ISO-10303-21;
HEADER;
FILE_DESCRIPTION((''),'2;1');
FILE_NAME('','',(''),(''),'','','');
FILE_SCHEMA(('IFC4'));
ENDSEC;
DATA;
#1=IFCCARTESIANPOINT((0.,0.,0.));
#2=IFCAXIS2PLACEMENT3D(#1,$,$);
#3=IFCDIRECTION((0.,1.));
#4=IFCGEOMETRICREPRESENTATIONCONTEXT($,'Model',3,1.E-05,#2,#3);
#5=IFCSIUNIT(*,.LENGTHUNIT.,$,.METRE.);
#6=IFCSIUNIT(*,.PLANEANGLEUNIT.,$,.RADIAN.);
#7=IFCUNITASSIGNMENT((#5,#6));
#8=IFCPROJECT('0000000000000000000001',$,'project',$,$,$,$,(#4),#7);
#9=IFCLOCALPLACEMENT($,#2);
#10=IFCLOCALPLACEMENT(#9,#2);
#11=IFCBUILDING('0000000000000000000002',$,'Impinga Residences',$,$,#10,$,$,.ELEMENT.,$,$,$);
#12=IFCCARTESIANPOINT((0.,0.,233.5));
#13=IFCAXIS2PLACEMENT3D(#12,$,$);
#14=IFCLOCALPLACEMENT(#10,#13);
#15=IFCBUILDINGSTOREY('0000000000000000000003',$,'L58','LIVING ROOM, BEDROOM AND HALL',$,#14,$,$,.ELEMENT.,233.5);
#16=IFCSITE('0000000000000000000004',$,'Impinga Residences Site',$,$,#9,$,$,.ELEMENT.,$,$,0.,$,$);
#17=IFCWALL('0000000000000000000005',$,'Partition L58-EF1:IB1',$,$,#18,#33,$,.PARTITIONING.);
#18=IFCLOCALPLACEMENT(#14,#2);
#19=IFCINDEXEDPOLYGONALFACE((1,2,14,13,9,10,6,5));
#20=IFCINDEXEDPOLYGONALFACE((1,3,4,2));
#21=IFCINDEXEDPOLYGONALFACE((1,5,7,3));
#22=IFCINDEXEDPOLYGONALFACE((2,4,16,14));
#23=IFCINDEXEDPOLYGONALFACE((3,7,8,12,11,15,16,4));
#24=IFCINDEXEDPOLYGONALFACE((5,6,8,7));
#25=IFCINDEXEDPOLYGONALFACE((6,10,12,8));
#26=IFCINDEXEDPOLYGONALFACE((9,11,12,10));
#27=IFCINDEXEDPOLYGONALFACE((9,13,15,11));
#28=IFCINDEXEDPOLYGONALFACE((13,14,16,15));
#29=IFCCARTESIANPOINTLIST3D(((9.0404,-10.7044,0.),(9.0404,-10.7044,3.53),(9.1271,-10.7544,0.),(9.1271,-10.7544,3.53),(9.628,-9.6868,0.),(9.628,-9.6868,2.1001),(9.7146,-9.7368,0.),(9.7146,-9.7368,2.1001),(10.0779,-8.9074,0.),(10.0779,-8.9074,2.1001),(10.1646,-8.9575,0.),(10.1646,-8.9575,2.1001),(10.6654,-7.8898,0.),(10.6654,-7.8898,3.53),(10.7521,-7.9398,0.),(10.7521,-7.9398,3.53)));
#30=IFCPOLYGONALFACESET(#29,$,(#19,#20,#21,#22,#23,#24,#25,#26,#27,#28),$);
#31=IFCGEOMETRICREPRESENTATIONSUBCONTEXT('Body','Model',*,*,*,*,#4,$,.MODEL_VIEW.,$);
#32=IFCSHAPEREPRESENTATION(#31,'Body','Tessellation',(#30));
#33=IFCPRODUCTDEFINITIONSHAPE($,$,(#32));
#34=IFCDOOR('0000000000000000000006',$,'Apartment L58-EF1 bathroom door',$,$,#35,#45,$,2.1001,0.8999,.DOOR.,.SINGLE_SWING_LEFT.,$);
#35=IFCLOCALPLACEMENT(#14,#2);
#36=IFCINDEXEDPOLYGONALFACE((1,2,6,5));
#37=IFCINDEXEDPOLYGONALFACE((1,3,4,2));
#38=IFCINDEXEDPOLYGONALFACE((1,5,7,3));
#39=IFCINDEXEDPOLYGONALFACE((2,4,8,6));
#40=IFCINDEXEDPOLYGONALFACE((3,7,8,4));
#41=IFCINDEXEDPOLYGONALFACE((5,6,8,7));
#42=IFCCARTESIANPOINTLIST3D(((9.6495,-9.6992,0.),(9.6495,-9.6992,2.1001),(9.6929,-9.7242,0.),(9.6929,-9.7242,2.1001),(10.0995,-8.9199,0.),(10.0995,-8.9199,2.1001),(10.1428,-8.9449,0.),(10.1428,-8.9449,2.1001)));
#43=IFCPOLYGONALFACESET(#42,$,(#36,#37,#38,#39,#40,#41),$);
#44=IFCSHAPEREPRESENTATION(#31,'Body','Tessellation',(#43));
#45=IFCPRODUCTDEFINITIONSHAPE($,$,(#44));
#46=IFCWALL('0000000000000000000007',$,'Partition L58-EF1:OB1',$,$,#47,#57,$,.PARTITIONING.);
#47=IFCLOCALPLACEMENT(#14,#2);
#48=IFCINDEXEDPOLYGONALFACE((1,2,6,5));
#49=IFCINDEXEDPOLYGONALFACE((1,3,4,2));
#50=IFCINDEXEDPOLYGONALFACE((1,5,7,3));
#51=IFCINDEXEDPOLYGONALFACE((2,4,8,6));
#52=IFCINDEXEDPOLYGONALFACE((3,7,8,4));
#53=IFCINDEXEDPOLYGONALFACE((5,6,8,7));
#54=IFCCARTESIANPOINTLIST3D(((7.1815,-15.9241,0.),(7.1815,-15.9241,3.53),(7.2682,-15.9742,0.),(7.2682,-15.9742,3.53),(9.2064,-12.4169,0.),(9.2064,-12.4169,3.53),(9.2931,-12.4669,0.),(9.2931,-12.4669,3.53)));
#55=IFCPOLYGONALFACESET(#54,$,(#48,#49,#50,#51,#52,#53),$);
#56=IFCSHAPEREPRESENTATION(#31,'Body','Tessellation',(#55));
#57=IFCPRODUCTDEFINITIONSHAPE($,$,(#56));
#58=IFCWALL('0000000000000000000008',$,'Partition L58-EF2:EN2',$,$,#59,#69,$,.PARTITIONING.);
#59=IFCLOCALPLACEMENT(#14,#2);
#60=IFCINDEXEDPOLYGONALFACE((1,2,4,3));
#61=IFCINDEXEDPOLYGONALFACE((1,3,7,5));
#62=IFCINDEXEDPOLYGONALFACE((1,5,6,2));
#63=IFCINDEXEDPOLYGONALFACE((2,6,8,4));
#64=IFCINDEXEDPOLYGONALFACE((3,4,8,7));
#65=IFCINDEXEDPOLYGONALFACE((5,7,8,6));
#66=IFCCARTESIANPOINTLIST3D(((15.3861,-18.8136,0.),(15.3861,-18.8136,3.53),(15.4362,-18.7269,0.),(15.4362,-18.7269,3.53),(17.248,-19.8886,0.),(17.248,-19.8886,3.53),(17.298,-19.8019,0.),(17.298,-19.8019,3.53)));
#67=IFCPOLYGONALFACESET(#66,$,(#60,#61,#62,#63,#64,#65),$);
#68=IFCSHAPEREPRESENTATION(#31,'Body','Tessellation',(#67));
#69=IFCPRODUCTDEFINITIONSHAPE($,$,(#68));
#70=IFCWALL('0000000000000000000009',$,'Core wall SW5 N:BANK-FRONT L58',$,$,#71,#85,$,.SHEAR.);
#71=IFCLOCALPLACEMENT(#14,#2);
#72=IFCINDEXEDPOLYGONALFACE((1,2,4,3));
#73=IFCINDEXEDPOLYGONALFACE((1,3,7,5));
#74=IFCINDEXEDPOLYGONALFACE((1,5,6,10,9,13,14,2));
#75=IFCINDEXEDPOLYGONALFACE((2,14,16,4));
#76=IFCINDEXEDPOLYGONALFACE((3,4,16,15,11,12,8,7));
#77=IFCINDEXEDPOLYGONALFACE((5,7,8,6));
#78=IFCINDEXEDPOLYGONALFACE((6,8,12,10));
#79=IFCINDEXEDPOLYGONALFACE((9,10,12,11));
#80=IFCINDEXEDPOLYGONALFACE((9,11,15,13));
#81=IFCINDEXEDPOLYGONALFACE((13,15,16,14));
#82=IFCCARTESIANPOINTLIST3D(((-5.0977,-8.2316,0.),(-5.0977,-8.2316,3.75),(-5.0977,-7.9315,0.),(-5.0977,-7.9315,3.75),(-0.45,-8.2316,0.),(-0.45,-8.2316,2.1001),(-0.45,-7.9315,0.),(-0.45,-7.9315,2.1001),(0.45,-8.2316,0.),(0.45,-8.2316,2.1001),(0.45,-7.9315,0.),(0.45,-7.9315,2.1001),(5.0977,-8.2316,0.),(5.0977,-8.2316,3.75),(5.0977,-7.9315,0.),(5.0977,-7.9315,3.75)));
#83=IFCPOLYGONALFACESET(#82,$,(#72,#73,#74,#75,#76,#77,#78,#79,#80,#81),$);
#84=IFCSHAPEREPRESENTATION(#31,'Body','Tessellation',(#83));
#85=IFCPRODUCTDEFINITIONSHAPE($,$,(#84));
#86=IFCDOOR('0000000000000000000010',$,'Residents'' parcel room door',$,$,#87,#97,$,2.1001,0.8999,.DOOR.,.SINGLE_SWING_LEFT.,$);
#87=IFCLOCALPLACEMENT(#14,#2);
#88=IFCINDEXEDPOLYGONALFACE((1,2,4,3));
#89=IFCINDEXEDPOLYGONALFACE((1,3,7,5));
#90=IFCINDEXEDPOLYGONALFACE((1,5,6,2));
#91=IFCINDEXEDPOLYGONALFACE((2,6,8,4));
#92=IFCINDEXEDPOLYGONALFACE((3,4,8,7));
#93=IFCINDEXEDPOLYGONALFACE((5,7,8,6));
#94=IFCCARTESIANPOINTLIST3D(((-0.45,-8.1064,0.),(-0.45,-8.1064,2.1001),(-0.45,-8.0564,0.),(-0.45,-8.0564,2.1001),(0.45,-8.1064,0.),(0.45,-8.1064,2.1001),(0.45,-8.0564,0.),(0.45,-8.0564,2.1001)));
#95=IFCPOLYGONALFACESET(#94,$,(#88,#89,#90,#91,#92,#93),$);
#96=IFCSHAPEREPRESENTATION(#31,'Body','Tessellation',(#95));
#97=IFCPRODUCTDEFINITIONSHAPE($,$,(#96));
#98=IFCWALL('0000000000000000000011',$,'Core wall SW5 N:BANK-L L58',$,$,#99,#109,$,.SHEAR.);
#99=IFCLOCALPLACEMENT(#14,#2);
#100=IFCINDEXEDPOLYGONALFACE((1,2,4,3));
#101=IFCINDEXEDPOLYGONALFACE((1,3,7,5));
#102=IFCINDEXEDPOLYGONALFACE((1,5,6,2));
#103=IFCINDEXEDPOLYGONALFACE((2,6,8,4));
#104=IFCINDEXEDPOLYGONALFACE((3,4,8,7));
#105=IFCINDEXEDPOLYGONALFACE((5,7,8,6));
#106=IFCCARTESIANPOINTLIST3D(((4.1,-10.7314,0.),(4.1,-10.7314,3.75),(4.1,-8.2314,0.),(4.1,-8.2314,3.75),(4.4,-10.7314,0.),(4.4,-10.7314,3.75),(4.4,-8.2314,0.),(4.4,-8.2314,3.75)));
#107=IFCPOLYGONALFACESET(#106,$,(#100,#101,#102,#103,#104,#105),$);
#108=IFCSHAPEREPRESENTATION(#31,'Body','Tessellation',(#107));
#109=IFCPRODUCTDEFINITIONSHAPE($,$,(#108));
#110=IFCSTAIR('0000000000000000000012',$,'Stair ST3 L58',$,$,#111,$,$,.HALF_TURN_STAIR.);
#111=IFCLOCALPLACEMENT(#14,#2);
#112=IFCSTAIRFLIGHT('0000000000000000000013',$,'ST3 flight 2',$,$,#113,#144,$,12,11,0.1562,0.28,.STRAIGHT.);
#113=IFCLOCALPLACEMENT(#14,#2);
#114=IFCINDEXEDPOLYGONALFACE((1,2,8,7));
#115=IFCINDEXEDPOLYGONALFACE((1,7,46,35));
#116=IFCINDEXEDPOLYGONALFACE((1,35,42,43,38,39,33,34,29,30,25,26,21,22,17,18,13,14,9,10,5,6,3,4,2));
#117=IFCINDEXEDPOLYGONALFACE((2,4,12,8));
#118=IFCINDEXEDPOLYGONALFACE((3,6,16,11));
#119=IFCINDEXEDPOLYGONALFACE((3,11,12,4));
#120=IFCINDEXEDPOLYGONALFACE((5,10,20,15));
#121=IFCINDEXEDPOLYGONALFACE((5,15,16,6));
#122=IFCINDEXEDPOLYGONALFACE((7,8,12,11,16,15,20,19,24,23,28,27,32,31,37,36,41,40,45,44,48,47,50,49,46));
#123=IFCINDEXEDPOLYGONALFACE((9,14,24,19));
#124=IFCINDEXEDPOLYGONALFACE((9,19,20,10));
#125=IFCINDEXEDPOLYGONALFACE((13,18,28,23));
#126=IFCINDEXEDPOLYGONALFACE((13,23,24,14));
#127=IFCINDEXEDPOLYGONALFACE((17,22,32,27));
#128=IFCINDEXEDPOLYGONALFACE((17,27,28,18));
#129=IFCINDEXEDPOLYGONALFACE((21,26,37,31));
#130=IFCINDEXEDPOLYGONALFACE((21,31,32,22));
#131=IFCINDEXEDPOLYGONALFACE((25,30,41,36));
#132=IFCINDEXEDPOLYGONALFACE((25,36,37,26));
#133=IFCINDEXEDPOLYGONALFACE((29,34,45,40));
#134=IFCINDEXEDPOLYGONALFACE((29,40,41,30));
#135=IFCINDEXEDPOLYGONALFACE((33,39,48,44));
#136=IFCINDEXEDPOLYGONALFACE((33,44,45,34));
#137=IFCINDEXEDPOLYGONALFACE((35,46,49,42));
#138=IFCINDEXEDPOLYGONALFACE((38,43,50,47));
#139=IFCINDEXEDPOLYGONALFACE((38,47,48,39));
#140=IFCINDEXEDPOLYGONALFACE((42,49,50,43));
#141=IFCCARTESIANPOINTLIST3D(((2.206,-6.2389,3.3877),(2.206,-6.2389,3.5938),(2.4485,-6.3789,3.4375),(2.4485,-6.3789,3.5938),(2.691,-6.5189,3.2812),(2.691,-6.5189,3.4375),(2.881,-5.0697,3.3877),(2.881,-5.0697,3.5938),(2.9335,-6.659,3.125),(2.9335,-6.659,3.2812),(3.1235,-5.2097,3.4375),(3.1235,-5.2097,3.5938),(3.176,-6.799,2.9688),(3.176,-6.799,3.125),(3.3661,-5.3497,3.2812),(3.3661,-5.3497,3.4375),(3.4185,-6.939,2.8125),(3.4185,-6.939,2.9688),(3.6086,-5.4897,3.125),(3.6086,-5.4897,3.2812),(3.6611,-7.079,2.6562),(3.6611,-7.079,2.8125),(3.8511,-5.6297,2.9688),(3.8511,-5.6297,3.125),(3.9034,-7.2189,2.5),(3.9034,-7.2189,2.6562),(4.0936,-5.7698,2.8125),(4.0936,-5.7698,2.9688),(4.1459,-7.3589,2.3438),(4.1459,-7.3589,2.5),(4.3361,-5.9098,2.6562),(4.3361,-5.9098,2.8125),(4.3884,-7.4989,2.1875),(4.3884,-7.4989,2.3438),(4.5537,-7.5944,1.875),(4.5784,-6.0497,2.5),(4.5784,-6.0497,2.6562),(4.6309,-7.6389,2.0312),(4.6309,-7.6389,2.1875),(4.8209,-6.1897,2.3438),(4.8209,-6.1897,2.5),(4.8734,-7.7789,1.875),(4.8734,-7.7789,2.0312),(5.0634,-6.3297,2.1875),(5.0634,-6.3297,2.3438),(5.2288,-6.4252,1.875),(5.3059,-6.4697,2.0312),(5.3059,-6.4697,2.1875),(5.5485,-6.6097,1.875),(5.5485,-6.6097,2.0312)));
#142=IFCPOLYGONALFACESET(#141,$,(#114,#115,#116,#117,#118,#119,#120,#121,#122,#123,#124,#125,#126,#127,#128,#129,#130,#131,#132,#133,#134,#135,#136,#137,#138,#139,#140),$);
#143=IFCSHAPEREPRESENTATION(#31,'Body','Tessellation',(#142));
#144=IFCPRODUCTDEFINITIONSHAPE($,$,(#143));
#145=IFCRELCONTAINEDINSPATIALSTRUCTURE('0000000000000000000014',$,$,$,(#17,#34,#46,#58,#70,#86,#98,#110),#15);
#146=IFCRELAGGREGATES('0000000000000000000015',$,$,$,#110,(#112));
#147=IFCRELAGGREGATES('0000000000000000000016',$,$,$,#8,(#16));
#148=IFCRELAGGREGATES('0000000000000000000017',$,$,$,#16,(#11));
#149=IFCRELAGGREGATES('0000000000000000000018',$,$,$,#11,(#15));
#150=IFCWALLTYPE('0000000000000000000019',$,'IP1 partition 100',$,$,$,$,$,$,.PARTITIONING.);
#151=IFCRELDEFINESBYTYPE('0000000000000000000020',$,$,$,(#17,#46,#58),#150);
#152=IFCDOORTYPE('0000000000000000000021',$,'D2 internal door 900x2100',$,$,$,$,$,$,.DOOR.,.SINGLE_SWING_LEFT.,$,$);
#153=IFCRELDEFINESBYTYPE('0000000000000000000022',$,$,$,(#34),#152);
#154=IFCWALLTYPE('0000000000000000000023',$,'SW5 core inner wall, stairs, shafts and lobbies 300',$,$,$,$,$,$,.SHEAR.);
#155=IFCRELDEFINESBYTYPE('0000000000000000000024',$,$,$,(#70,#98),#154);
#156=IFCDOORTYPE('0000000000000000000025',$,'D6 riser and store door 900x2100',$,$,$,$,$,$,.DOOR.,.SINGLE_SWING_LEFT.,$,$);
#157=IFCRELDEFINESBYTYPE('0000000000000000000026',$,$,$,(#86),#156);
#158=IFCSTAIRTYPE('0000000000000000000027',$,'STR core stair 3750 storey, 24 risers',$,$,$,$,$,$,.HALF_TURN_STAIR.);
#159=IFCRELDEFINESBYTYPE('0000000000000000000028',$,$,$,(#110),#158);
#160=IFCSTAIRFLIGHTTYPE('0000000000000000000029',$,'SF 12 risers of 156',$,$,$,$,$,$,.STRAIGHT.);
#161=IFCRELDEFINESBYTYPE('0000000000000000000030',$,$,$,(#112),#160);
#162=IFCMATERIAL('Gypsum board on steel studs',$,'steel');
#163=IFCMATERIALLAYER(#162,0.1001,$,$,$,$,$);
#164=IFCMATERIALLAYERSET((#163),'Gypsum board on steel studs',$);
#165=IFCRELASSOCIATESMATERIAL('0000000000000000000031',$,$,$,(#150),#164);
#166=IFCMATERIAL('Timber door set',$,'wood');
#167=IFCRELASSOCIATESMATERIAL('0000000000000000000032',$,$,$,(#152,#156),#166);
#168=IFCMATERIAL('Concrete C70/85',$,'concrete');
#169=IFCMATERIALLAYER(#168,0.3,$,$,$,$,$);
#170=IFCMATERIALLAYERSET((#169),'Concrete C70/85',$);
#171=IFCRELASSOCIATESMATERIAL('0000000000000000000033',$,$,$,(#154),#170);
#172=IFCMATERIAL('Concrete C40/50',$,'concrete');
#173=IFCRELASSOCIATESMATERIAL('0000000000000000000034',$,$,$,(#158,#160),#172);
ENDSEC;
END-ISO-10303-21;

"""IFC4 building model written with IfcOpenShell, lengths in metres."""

from ifc_helpers import new_model, si_unit, direction, frame, frame_2d, origin, place, context, subcontext, project, spatial, polyline, rectangle, outline, extrude, material, layer, layer_set, type_object, element, fill, aggregate, save


model = new_model("IFC4")

# Units and contexts
model_context = context("Model", 3, precision=1e-05, world=origin(), true_north=direction((0.0, 1.0)))
body_context = subcontext(model_context, "Body", "Model", "MODEL_VIEW")
ifc_project = project(units=[si_unit("LENGTHUNIT", "METRE"), si_unit("PLANEANGLEUNIT", "RADIAN")], contexts=[model_context])

# Site, building, storey
site_placement = place(None, origin())
site = spatial("IfcSite", under=ifc_project, at=site_placement, Name="Impinga Residences Site", CompositionType="ELEMENT", RefElevation=0.0)
building_placement = place(site_placement, origin())
building = spatial("IfcBuilding", under=site, at=building_placement, Name="Impinga Residences", CompositionType="ELEMENT")
storey_placement = place(building_placement, frame((0.0, 0.0, 233.5)))
storey = spatial("IfcBuildingStorey", under=building, at=storey_placement, Name="L58", Description="LIVING ROOM, BEDROOM AND HALL", CompositionType="ELEMENT", Elevation=233.5)

# Shared definitions
ifc_material_1 = material(Name="Gypsum board on steel studs", Category="steel")
ifc_layer_1 = layer(ifc_material_1, 0.1001)
ifc_layer_set_1 = layer_set([ifc_layer_1], Name="Gypsum board on steel studs")
wall_type_1 = type_object("IfcWallType", Name="IP1 partition 100", PredefinedType="PARTITIONING", material=ifc_layer_set_1)

# Shared definitions
ifc_material_2 = material(Name="Timber door set", Category="wood")
door_type_1 = type_object("IfcDoorType", Name="D2 internal door 900x2100", OperationType="SINGLE_SWING_LEFT", PredefinedType="DOOR", material=ifc_material_2)

# Wall, opening, door
wall_1_placement = place(storey_placement, frame((10.7087, -7.9148, 0.0), z_axis=(0.0, 0.0, 1.0), x_axis=(-0.499985, -0.866034, 0.0)))
wall_1 = element("IfcWall", 1, at=wall_1_placement, inside=storey, type_object=wall_type_1, Name="Partition L58-EF1:IB1", PredefinedType="PARTITIONING", context=body_context, shape_type="SweptSolid", body=[
    extrude(rectangle(XDim=3.25, YDim=0.1001, at=frame_2d((1.625, 0.0))), origin(), (0.0, 0.0, 1.0), 3.53),
])
opening_1_placement = place(wall_1_placement, frame((1.175, 0.0, 0.0)))
opening_1 = element("IfcOpeningElement", 2, at=opening_1_placement, cuts=wall_1, PredefinedType="OPENING", context=body_context, shape_type="SweptSolid", body=[
    extrude(rectangle(XDim=0.8999, YDim=2.1001, at=frame_2d((0.45, 1.05))), frame((0.0, 0.0601, 0.0), z_axis=(0.0, -1.0, 0.0), x_axis=(1.0, 0.0, 0.0)), (0.0, 0.0, 1.0), 0.1201),
])
door_1_placement = place(opening_1_placement, origin())
door_1 = element("IfcDoor", 3, at=door_1_placement, inside=storey, type_object=door_type_1, Name="Apartment L58-EF1 bathroom door", OperationType="SINGLE_SWING_LEFT", OverallHeight=2.1001, OverallWidth=0.8999, PredefinedType="DOOR", context=body_context, shape_type="SweptSolid", body=[
    extrude(rectangle(XDim=0.8999, YDim=2.1001, at=frame_2d((0.45, 1.05))), frame((0.0, 0.0249, 0.0), z_axis=(0.0, -1.0, 0.0), x_axis=(1.0, 0.0, 0.0)), (0.0, 0.0, 1.0), 0.05),
])
fill(opening_1, door_1)

# Walls
wall_2_placement = place(storey_placement, frame((9.2498, -12.4419, 0.0), z_axis=(0.0, 0.0, 1.0), x_axis=(-0.49999, -0.866031, 0.0)))
element("IfcWall", 4, at=wall_2_placement, inside=storey, type_object=wall_type_1, Name="Partition L58-EF1:OB1", PredefinedType="PARTITIONING", context=body_context, shape_type="SweptSolid", body=[
    extrude(rectangle(XDim=4.0498, YDim=0.1001, at=frame_2d((2.0249, 0.0))), origin(), (0.0, 0.0, 1.0), 3.53),
])
wall_3_placement = place(storey_placement, frame((15.4111, -18.7703, 0.0), z_axis=(0.0, 0.0, 1.0), x_axis=(0.866019, -0.500011, 0.0)))
element("IfcWall", 5, at=wall_3_placement, inside=storey, type_object=wall_type_1, Name="Partition L58-EF2:EN2", PredefinedType="PARTITIONING", context=body_context, shape_type="SweptSolid", body=[
    extrude(rectangle(XDim=2.1499, YDim=0.1001, at=frame_2d((1.075, 0.0))), origin(), (0.0, 0.0, 1.0), 3.53),
])

# Wall, opening, door
ifc_material_3 = material(Name="Concrete C70/85", Category="concrete")
ifc_layer_2 = layer(ifc_material_3, 0.3)
ifc_layer_set_2 = layer_set([ifc_layer_2], Name="Concrete C70/85")
wall_type_2 = type_object("IfcWallType", Name="SW5 core inner wall, stairs, shafts and lobbies 300", PredefinedType="SHEAR", material=ifc_layer_set_2)
wall_4_placement = place(storey_placement, frame((5.0977, -8.0815, 0.0), z_axis=(0.0, 0.0, 1.0), x_axis=(-1.0, 0.0, 0.0)))
wall_4 = element("IfcWall", 6, at=wall_4_placement, inside=storey, type_object=wall_type_2, Name="Core wall SW5 N:BANK-FRONT L58", PredefinedType="SHEAR", context=body_context, shape_type="SweptSolid", body=[
    extrude(rectangle(XDim=10.1953, YDim=0.3, at=frame_2d((5.0977, 0.0))), origin(), (0.0, 0.0, 1.0), 3.75),
])
opening_2_placement = place(wall_4_placement, frame((4.6477, 0.0, 0.0)))
opening_2 = element("IfcOpeningElement", 7, at=opening_2_placement, cuts=wall_4, PredefinedType="OPENING", context=body_context, shape_type="SweptSolid", body=[
    extrude(rectangle(XDim=0.8999, YDim=2.1001, at=frame_2d((0.45, 1.05))), frame((0.0, 0.1599, 0.0), z_axis=(0.0, -1.0, 0.0), x_axis=(1.0, 0.0, 0.0)), (0.0, 0.0, 1.0), 0.3201),
])
door_type_2 = type_object("IfcDoorType", Name="D6 riser and store door 900x2100", OperationType="SINGLE_SWING_LEFT", PredefinedType="DOOR", material=ifc_material_2)
door_2_placement = place(opening_2_placement, origin())
door_2 = element("IfcDoor", 8, at=door_2_placement, inside=storey, type_object=door_type_2, Name="Residents' parcel room door", OperationType="SINGLE_SWING_LEFT", OverallHeight=2.1001, OverallWidth=0.8999, PredefinedType="DOOR", context=body_context, shape_type="SweptSolid", body=[
    extrude(rectangle(XDim=0.8999, YDim=2.1001, at=frame_2d((0.45, 1.05))), frame((0.0, 0.0249, 0.0), z_axis=(0.0, -1.0, 0.0), x_axis=(1.0, 0.0, 0.0)), (0.0, 0.0, 1.0), 0.05),
])
fill(opening_2, door_2)

# Wall
wall_5_placement = place(storey_placement, frame((4.25, -8.2314, 0.0), z_axis=(0.0, 0.0, 1.0), x_axis=(0.0, -1.0, 0.0)))
element("IfcWall", 9, at=wall_5_placement, inside=storey, type_object=wall_type_2, Name="Core wall SW5 N:BANK-L L58", PredefinedType="SHEAR", context=body_context, shape_type="SweptSolid", body=[
    extrude(rectangle(XDim=2.5, YDim=0.3, at=frame_2d((1.25, 0.0))), origin(), (0.0, 0.0, 1.0), 3.75),
])

# Stair, stair flight
ifc_material_4 = material(Name="Concrete C40/50", Category="concrete")
stair_type = type_object("IfcStairType", Name="STR core stair 3750 storey, 24 risers", PredefinedType="HALF_TURN_STAIR", material=ifc_material_4)
stair_placement = place(storey_placement, origin())
stair = element("IfcStair", 10, at=stair_placement, inside=storey, type_object=stair_type, Name="Stair ST3 L58", PredefinedType="HALF_TURN_STAIR")
stair_flight_type = type_object("IfcStairFlightType", Name="SF 12 risers of 156", PredefinedType="STRAIGHT", material=ifc_material_4)
stair_flight_placement = place(storey_placement, frame((5.2109, -7.1943, 1.875), z_axis=(0.0, 0.0, 1.0), x_axis=(-0.866025, 0.5, 0.0)))
stair_flight = element("IfcStairFlight", 11, at=stair_flight_placement, type_object=stair_flight_type, Name="ST3 flight 2", NumberOfRisers=12, NumberOfTreads=11, PredefinedType="STRAIGHT", RiserHeight=0.1562, TreadLength=0.28, context=body_context, shape_type="SweptSolid", body=[
    extrude(outline(polyline([(0.0, 0.0), (0.0, 0.1562), (0.28, 0.1562), (0.28, 0.3125), (0.5601, 0.3125), (0.5601, 0.4688), (0.8401, 0.4688), (0.8401, 0.625), (1.1201, 0.625), (1.1201, 0.7812), (1.3999, 0.7812), (1.3999, 0.9375), (1.6799, 0.9375), (1.6799, 1.0938), (1.96, 1.0938), (1.96, 1.25), (2.24, 1.25), (2.24, 1.4062), (2.52, 1.4062), (2.52, 1.5625), (2.8, 1.5625), (2.8, 1.7188), (3.0801, 1.7188), (3.0801, 1.875), (3.0801, 1.5127), (0.3691, 0.0), (0.0, 0.0)])), frame((0.0, 0.675, 0.0), z_axis=(0.0, -1.0, 0.0), x_axis=(1.0, 0.0, 0.0)), (0.0, 0.0, 1.0), 1.3501),
])
aggregate(stair, [stair_flight])

save(model, "model.ifc")
